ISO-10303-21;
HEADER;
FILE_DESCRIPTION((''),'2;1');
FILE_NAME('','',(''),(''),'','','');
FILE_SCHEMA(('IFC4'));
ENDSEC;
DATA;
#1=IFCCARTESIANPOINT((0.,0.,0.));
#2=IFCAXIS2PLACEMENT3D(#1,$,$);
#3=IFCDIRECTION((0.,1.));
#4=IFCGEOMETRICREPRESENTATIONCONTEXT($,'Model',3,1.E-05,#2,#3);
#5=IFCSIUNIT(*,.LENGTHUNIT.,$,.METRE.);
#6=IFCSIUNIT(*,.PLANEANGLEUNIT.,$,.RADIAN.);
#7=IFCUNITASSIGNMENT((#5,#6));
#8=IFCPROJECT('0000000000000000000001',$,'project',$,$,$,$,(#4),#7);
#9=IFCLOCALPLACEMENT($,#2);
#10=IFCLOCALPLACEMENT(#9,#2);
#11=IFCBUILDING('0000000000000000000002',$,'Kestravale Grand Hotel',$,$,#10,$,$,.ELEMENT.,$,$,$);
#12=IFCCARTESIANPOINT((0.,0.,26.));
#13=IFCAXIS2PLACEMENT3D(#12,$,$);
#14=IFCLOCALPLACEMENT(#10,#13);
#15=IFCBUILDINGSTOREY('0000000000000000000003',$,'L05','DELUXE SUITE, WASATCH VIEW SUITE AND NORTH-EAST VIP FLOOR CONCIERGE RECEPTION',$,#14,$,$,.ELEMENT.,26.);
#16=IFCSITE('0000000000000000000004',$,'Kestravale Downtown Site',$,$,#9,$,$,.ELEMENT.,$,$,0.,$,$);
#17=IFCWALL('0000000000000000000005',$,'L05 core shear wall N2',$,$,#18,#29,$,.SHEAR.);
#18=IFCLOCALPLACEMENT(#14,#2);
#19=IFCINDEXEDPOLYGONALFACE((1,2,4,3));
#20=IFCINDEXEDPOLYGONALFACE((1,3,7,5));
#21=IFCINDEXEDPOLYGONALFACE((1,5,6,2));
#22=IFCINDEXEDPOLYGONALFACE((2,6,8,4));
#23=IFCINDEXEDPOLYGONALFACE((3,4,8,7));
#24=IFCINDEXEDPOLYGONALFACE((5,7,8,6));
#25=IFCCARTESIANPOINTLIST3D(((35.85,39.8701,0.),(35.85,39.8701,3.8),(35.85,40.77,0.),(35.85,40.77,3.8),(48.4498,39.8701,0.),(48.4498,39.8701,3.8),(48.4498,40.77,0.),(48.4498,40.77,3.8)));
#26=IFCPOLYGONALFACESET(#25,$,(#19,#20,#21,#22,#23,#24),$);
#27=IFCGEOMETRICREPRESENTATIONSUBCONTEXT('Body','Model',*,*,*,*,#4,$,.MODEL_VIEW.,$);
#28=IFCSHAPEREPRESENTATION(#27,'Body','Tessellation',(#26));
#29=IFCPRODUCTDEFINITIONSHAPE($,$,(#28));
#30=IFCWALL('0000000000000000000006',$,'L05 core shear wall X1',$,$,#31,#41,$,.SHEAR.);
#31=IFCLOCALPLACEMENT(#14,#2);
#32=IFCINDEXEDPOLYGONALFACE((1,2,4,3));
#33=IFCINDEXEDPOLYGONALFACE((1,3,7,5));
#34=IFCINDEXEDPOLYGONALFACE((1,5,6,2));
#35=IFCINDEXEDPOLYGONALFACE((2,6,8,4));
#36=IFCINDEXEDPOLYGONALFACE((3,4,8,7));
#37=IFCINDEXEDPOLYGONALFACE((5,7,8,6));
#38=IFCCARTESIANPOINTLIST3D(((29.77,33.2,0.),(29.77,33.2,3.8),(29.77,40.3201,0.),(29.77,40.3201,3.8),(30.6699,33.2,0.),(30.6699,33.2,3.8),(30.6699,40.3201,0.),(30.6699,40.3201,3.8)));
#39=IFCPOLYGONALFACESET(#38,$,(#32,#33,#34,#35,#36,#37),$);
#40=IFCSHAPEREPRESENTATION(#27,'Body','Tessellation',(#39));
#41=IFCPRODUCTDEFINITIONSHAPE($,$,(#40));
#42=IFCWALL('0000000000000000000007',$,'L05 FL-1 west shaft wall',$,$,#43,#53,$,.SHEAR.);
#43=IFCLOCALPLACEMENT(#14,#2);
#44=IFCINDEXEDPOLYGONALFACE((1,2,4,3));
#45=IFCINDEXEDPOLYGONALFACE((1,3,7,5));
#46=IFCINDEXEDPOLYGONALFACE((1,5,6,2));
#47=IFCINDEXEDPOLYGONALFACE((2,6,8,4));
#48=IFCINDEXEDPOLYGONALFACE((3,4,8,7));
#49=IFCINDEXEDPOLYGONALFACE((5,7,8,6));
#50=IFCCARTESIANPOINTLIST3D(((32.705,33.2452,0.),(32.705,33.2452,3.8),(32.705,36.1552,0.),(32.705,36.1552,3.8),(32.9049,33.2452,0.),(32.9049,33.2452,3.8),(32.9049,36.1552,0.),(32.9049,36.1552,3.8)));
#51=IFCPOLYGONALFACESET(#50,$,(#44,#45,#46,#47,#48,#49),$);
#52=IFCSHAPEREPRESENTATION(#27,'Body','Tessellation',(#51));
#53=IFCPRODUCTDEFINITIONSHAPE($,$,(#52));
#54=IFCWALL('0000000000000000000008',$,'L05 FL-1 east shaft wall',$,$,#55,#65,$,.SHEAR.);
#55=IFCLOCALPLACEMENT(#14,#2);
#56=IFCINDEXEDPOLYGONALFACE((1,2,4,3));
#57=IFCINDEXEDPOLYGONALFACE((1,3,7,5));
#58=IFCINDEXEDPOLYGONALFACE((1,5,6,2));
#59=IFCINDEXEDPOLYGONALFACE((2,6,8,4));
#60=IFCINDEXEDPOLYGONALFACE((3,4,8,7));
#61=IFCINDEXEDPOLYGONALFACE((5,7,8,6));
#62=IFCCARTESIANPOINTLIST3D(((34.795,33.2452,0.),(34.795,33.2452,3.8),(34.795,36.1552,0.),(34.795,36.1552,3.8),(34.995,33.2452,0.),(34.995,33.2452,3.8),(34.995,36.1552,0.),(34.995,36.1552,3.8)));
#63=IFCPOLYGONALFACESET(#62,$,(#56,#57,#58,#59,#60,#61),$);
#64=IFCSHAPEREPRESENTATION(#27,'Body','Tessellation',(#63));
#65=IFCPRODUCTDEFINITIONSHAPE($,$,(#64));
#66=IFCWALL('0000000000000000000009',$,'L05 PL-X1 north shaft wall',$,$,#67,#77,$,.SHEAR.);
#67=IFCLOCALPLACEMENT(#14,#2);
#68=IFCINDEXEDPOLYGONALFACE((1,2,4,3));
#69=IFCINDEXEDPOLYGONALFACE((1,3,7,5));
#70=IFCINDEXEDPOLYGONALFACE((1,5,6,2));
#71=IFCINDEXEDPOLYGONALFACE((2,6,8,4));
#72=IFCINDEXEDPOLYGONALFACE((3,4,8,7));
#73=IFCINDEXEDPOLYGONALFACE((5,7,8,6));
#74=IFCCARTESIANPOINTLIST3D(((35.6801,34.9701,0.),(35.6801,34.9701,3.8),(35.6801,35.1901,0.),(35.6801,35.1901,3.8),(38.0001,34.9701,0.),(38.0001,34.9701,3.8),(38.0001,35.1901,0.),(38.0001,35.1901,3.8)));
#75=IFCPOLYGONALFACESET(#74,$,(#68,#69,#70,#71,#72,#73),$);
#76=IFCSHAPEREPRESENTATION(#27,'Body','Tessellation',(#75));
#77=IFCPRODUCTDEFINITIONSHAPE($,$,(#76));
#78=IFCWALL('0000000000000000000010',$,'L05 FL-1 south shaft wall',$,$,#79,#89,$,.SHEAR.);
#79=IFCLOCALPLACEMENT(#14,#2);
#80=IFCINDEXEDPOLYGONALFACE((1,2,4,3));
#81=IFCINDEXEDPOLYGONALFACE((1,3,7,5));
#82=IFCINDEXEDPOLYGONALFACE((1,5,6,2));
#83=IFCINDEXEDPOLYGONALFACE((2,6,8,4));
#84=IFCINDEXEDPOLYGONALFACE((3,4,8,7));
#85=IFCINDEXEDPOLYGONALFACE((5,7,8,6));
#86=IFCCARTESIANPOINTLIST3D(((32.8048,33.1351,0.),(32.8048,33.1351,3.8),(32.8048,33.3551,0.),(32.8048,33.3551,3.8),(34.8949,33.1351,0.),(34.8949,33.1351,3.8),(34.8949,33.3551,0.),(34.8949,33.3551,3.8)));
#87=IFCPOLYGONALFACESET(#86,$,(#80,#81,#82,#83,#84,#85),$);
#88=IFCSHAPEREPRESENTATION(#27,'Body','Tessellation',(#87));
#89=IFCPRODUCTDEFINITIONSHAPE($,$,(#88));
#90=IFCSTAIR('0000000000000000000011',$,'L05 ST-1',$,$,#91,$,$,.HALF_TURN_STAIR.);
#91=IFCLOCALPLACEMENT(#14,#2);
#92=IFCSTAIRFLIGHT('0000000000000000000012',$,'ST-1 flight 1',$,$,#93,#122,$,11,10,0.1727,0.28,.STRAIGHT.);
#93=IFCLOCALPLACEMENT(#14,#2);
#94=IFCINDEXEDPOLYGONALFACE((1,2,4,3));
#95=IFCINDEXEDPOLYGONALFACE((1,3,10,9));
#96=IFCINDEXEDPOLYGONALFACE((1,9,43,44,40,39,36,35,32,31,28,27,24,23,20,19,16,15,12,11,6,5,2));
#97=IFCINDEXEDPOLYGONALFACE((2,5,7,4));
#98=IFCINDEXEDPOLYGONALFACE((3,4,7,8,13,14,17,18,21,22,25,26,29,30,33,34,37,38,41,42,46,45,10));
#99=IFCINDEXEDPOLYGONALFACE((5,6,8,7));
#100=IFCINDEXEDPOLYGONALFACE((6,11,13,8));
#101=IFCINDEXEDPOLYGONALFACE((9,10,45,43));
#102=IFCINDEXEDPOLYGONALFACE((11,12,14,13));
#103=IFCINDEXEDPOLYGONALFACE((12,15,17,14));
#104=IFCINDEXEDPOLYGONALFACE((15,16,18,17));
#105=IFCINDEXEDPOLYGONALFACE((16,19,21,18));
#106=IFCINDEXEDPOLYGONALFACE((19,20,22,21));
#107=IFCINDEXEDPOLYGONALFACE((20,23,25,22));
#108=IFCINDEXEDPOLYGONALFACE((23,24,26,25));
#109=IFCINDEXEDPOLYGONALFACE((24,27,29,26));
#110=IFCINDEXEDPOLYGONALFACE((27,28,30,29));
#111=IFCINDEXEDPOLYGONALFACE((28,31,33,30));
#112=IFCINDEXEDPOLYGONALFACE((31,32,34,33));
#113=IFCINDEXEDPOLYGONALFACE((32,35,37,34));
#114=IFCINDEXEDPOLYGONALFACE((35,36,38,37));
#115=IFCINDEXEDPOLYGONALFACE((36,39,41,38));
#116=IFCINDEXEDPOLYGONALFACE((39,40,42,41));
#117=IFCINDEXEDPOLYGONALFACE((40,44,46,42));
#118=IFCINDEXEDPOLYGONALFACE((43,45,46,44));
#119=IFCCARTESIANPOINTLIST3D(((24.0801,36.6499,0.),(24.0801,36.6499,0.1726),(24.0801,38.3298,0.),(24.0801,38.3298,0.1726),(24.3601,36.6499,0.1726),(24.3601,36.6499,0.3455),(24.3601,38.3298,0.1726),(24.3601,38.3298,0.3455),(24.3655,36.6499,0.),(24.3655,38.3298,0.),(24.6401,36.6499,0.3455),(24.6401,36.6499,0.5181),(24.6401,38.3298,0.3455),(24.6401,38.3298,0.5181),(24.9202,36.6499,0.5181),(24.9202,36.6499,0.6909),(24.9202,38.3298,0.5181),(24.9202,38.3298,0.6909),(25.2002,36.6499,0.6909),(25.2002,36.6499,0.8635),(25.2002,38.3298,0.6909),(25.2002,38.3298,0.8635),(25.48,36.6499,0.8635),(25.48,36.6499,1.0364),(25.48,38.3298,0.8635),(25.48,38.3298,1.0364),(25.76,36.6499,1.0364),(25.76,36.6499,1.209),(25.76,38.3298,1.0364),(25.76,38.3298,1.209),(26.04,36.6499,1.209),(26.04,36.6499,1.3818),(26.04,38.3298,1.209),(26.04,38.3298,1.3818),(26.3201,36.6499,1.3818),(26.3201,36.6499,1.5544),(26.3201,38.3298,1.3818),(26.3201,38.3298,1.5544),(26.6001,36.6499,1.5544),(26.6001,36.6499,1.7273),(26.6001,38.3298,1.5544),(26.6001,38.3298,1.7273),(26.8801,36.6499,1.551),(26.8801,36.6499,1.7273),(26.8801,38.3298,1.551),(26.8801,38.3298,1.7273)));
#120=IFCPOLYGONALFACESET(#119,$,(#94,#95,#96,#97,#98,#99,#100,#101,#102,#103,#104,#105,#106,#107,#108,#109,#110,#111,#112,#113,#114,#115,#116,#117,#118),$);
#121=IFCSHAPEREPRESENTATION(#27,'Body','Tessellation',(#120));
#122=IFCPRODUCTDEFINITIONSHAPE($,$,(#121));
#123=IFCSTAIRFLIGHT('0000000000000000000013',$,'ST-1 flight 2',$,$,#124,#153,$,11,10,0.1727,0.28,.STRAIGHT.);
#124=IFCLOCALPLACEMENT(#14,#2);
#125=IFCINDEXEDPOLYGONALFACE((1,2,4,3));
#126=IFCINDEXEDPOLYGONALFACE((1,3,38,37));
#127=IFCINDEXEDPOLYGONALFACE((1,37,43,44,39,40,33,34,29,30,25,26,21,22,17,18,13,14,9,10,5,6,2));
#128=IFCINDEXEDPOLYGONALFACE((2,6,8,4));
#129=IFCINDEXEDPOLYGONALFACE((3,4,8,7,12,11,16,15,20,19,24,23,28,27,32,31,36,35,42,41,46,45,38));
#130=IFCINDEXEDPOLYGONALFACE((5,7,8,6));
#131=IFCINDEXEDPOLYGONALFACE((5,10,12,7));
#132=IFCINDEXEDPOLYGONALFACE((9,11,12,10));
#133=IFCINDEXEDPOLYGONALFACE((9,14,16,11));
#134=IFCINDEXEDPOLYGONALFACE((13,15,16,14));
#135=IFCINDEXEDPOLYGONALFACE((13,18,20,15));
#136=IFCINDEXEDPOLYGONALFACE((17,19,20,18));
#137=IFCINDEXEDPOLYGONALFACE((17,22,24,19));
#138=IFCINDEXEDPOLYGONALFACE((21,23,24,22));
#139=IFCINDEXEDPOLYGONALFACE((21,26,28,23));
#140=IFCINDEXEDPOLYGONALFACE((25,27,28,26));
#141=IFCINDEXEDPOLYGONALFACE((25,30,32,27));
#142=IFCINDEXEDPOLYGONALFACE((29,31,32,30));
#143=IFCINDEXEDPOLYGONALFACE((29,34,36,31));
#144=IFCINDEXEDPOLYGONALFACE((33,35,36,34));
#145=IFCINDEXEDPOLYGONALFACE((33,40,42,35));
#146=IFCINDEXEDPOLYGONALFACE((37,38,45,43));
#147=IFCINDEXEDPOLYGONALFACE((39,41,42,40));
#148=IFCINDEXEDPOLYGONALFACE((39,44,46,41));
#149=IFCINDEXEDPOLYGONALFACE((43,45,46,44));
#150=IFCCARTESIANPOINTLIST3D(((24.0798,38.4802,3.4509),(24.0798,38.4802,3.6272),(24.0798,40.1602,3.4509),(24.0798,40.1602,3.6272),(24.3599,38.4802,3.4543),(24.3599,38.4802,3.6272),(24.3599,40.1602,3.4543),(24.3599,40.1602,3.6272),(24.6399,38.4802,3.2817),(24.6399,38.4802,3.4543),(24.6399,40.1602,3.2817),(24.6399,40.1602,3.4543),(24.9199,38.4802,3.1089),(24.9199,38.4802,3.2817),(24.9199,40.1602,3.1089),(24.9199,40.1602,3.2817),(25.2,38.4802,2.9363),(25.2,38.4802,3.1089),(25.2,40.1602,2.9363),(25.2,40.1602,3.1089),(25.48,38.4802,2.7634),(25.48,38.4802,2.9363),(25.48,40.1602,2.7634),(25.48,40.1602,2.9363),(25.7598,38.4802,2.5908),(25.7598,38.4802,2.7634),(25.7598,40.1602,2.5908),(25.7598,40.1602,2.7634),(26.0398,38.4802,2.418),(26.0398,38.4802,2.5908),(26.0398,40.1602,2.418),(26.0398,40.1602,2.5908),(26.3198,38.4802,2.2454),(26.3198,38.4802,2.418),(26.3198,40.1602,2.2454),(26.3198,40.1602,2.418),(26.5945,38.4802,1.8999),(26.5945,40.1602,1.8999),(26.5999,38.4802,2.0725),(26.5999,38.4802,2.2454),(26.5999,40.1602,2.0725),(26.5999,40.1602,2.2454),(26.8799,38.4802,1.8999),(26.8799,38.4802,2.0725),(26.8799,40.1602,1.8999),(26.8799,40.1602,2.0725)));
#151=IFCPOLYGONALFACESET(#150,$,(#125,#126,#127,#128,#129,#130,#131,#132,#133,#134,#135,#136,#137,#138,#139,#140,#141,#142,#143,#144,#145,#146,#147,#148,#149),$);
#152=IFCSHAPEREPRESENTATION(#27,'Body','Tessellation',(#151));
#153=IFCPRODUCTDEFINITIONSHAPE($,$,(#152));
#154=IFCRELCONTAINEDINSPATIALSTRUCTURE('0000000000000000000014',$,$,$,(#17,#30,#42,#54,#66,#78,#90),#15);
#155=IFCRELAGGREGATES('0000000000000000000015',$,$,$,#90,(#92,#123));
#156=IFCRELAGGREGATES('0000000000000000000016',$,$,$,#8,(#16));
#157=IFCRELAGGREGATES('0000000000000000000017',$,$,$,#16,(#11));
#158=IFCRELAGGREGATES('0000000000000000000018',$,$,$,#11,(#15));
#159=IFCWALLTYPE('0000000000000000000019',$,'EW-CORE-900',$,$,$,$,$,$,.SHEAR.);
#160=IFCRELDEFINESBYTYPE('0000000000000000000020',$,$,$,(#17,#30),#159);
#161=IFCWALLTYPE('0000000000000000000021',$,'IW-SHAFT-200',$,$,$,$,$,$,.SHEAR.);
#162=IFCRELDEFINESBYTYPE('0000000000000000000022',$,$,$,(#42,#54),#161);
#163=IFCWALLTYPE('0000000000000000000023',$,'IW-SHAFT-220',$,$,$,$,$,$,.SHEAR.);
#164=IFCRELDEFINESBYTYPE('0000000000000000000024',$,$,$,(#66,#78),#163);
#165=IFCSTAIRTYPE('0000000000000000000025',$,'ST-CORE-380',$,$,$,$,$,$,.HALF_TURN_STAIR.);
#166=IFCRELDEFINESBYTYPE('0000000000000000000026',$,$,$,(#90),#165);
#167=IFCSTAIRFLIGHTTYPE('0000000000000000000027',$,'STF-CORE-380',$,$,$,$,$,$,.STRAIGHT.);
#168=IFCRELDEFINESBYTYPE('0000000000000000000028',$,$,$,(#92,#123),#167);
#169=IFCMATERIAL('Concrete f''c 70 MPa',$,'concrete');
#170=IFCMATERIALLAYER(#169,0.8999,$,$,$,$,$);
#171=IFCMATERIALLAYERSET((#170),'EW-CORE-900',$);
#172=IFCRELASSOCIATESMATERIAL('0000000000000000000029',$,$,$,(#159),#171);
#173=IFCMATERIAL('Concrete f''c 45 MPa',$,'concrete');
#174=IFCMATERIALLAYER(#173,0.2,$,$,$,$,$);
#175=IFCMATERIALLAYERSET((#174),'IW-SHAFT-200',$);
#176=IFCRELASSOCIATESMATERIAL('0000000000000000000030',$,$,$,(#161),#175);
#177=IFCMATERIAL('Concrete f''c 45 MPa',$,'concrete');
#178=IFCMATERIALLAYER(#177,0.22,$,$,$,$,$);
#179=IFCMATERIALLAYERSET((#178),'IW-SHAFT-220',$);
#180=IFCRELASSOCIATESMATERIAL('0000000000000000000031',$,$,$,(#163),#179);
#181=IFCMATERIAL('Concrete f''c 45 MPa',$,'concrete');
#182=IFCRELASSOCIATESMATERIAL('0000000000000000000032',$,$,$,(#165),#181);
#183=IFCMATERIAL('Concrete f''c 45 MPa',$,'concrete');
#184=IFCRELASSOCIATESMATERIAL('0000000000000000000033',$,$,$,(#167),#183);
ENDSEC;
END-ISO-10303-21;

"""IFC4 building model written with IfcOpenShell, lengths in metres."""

from ifc_helpers import new_model, si_unit, direction, frame, frame_2d, origin, place, context, subcontext, project, spatial, polyline, rectangle, outline, extrude, material, layer, layer_set, type_object, element, aggregate, save


model = new_model("IFC4")

# Units and contexts
model_context = context("Model", 3, precision=1e-05, world=origin(), true_north=direction((0.0, 1.0)))
body_context = subcontext(model_context, "Body", "Model", "MODEL_VIEW")
ifc_project = project(units=[si_unit("LENGTHUNIT", "METRE"), si_unit("PLANEANGLEUNIT", "RADIAN")], contexts=[model_context])

# Site, building, storey
site_placement = place(None, origin())
site = spatial("IfcSite", under=ifc_project, at=site_placement, Name="Kestravale Downtown Site", CompositionType="ELEMENT", RefElevation=0.0)
building_placement = place(site_placement, origin())
building = spatial("IfcBuilding", under=site, at=building_placement, Name="Kestravale Grand Hotel", CompositionType="ELEMENT")
storey_placement = place(building_placement, frame((0.0, 0.0, 26.0)))
storey = spatial("IfcBuildingStorey", under=building, at=storey_placement, Name="L05", Description="DELUXE SUITE, WASATCH VIEW SUITE AND NORTH-EAST VIP FLOOR CONCIERGE RECEPTION", CompositionType="ELEMENT", Elevation=26.0)

# Walls
ifc_material_1 = material(Name="Concrete f'c 70 MPa", Category="concrete")
ifc_layer_1 = layer(ifc_material_1, 0.8999)
ifc_layer_set_1 = layer_set([ifc_layer_1], Name="EW-CORE-900")
wall_type_1 = type_object("IfcWallType", Name="EW-CORE-900", PredefinedType="SHEAR", material=ifc_layer_set_1)
wall_1_placement = place(storey_placement, frame((35.8501, 40.3201, 0.0), z_axis=(0.0, 0.0, 1.0), x_axis=(1.0, 0.0, 0.0)))
element("IfcWall", 1, at=wall_1_placement, inside=storey, type_object=wall_type_1, Name="L05 core shear wall N2", PredefinedType="SHEAR", context=body_context, shape_type="SweptSolid", body=[
    extrude(rectangle(XDim=12.5999, YDim=0.8999, at=frame_2d((6.2998, 0.0))), origin(), (0.0, 0.0, 1.0), 3.8),
])
wall_2_placement = place(storey_placement, frame((30.22, 33.2, 0.0), z_axis=(0.0, 0.0, 1.0), x_axis=(0.0, 1.0, 0.0)))
element("IfcWall", 2, at=wall_2_placement, inside=storey, type_object=wall_type_1, Name="L05 core shear wall X1", PredefinedType="SHEAR", context=body_context, shape_type="SweptSolid", body=[
    extrude(rectangle(XDim=7.1201, YDim=0.8999, at=frame_2d((3.5601, 0.0))), origin(), (0.0, 0.0, 1.0), 3.8),
])

# Walls
ifc_material_2 = material(Name="Concrete f'c 45 MPa", Category="concrete")
ifc_layer_2 = layer(ifc_material_2, 0.2)
ifc_layer_set_2 = layer_set([ifc_layer_2], Name="IW-SHAFT-200")
wall_type_2 = type_object("IfcWallType", Name="IW-SHAFT-200", PredefinedType="SHEAR", material=ifc_layer_set_2)
for number, where, z_axis, x_axis, name in (
    (3, (32.8049, 33.2451, 0.0), (0.0, 0.0, 1.0), (0.0, 1.0, 0.0), "L05 FL-1 west shaft wall"),
    (4, (34.895, 33.2451, 0.0), (0.0, 0.0, 1.0), (0.0, 1.0, 0.0), "L05 FL-1 east shaft wall"),
):
    element("IfcWall", number, at=place(storey_placement, frame(where, z_axis=z_axis, x_axis=x_axis)), inside=storey, type_object=wall_type_2, Name=name, PredefinedType="SHEAR", context=body_context, shape_type="SweptSolid", body=[
        extrude(rectangle(XDim=2.9099, YDim=0.2, at=frame_2d((1.4551, 0.0))), origin(), (0.0, 0.0, 1.0), 3.8),
    ])
ifc_material_3 = material(Name="Concrete f'c 45 MPa", Category="concrete")
ifc_layer_3 = layer(ifc_material_3, 0.22)
ifc_layer_set_3 = layer_set([ifc_layer_3], Name="IW-SHAFT-220")
wall_type_3 = type_object("IfcWallType", Name="IW-SHAFT-220", PredefinedType="SHEAR", material=ifc_layer_set_3)
wall_3_placement = place(storey_placement, frame((35.6799, 35.0801, 0.0), z_axis=(0.0, 0.0, 1.0), x_axis=(1.0, 0.0, 0.0)))
element("IfcWall", 5, at=wall_3_placement, inside=storey, type_object=wall_type_3, Name="L05 PL-X1 north shaft wall", PredefinedType="SHEAR", context=body_context, shape_type="SweptSolid", body=[
    extrude(rectangle(XDim=2.3201, YDim=0.22, at=frame_2d((1.1602, 0.0))), origin(), (0.0, 0.0, 1.0), 3.8),
])

# Wall
wall_4_placement = place(storey_placement, frame((32.8049, 33.2451, 0.0), z_axis=(0.0, 0.0, 1.0), x_axis=(1.0, 0.0, 0.0)))
element("IfcWall", 6, at=wall_4_placement, inside=storey, type_object=wall_type_3, Name="L05 FL-1 south shaft wall", PredefinedType="SHEAR", context=body_context, shape_type="SweptSolid", body=[
    extrude(rectangle(XDim=2.0901, YDim=0.22, at=frame_2d((1.0449, 0.0))), origin(), (0.0, 0.0, 1.0), 3.8),
])

# Stair, stair flights
ifc_material_4 = material(Name="Concrete f'c 45 MPa", Category="concrete")
stair_type = type_object("IfcStairType", Name="ST-CORE-380", PredefinedType="HALF_TURN_STAIR", material=ifc_material_4)
stair_placement = place(storey_placement, origin())
stair = element("IfcStair", 7, at=stair_placement, inside=storey, type_object=stair_type, Name="L05 ST-1", PredefinedType="HALF_TURN_STAIR")
ifc_material_5 = material(Name="Concrete f'c 45 MPa", Category="concrete")
stair_flight_type = type_object("IfcStairFlightType", Name="STF-CORE-380", PredefinedType="STRAIGHT", material=ifc_material_5)
stair_flight_1_placement = place(storey_placement, frame((24.0801, 37.49, 0.0), z_axis=(0.0, 0.0, 1.0), x_axis=(1.0, 0.0, 0.0)))
stair_flight_1 = element("IfcStairFlight", 8, at=stair_flight_1_placement, type_object=stair_flight_type, Name="ST-1 flight 1", NumberOfRisers=11, NumberOfTreads=10, PredefinedType="STRAIGHT", RiserHeight=0.1727, TreadLength=0.28, context=body_context, shape_type="SweptSolid", body=[
    extrude(outline(polyline([(0.0, 0.0), (0.0, 0.1726), (0.28, 0.1726), (0.28, 0.3455), (0.5601, 0.3455), (0.5601, 0.5181), (0.8401, 0.5181), (0.8401, 0.6909), (1.1201, 0.6909), (1.1201, 0.8635), (1.3999, 0.8635), (1.3999, 1.0364), (1.6799, 1.0364), (1.6799, 1.209), (1.96, 1.209), (1.96, 1.3818), (2.24, 1.3818), (2.24, 1.5544), (2.52, 1.5544), (2.52, 1.7273), (2.8, 1.7273), (2.8, 1.8999), (2.8, 1.551), (0.2854, 0.0), (0.0, 0.0)])), frame((0.0, 0.8398, 0.0), z_axis=(0.0, -1.0, 0.0), x_axis=(1.0, 0.0, 0.0)), (0.0, 0.0, 1.0), 1.6799),
])
stair_flight_2_placement = place(storey_placement, frame((26.8799, 39.3201, 1.8999), z_axis=(0.0, 0.0, 1.0), x_axis=(-1.0, 0.0, 0.0)))
stair_flight_2 = element("IfcStairFlight", 9, at=stair_flight_2_placement, type_object=stair_flight_type, Name="ST-1 flight 2", NumberOfRisers=11, NumberOfTreads=10, PredefinedType="STRAIGHT", RiserHeight=0.1727, TreadLength=0.28, context=body_context, shape_type="SweptSolid", body=[
    extrude(outline(polyline([(0.0, 0.0), (0.0, 0.1726), (0.28, 0.1726), (0.28, 0.3455), (0.5601, 0.3455), (0.5601, 0.5181), (0.8401, 0.5181), (0.8401, 0.6909), (1.1201, 0.6909), (1.1201, 0.8635), (1.3999, 0.8635), (1.3999, 1.0364), (1.6799, 1.0364), (1.6799, 1.209), (1.96, 1.209), (1.96, 1.3818), (2.24, 1.3818), (2.24, 1.5544), (2.52, 1.5544), (2.52, 1.7273), (2.8, 1.7273), (2.8, 1.8999), (2.8, 1.551), (0.2854, 0.0), (0.0, 0.0)])), frame((0.0, 0.8398, 0.0), z_axis=(0.0, -1.0, 0.0), x_axis=(1.0, 0.0, 0.0)), (0.0, 0.0, 1.0), 1.6799),
])
aggregate(stair, [stair_flight_1, stair_flight_2])

save(model, "model.ifc")
